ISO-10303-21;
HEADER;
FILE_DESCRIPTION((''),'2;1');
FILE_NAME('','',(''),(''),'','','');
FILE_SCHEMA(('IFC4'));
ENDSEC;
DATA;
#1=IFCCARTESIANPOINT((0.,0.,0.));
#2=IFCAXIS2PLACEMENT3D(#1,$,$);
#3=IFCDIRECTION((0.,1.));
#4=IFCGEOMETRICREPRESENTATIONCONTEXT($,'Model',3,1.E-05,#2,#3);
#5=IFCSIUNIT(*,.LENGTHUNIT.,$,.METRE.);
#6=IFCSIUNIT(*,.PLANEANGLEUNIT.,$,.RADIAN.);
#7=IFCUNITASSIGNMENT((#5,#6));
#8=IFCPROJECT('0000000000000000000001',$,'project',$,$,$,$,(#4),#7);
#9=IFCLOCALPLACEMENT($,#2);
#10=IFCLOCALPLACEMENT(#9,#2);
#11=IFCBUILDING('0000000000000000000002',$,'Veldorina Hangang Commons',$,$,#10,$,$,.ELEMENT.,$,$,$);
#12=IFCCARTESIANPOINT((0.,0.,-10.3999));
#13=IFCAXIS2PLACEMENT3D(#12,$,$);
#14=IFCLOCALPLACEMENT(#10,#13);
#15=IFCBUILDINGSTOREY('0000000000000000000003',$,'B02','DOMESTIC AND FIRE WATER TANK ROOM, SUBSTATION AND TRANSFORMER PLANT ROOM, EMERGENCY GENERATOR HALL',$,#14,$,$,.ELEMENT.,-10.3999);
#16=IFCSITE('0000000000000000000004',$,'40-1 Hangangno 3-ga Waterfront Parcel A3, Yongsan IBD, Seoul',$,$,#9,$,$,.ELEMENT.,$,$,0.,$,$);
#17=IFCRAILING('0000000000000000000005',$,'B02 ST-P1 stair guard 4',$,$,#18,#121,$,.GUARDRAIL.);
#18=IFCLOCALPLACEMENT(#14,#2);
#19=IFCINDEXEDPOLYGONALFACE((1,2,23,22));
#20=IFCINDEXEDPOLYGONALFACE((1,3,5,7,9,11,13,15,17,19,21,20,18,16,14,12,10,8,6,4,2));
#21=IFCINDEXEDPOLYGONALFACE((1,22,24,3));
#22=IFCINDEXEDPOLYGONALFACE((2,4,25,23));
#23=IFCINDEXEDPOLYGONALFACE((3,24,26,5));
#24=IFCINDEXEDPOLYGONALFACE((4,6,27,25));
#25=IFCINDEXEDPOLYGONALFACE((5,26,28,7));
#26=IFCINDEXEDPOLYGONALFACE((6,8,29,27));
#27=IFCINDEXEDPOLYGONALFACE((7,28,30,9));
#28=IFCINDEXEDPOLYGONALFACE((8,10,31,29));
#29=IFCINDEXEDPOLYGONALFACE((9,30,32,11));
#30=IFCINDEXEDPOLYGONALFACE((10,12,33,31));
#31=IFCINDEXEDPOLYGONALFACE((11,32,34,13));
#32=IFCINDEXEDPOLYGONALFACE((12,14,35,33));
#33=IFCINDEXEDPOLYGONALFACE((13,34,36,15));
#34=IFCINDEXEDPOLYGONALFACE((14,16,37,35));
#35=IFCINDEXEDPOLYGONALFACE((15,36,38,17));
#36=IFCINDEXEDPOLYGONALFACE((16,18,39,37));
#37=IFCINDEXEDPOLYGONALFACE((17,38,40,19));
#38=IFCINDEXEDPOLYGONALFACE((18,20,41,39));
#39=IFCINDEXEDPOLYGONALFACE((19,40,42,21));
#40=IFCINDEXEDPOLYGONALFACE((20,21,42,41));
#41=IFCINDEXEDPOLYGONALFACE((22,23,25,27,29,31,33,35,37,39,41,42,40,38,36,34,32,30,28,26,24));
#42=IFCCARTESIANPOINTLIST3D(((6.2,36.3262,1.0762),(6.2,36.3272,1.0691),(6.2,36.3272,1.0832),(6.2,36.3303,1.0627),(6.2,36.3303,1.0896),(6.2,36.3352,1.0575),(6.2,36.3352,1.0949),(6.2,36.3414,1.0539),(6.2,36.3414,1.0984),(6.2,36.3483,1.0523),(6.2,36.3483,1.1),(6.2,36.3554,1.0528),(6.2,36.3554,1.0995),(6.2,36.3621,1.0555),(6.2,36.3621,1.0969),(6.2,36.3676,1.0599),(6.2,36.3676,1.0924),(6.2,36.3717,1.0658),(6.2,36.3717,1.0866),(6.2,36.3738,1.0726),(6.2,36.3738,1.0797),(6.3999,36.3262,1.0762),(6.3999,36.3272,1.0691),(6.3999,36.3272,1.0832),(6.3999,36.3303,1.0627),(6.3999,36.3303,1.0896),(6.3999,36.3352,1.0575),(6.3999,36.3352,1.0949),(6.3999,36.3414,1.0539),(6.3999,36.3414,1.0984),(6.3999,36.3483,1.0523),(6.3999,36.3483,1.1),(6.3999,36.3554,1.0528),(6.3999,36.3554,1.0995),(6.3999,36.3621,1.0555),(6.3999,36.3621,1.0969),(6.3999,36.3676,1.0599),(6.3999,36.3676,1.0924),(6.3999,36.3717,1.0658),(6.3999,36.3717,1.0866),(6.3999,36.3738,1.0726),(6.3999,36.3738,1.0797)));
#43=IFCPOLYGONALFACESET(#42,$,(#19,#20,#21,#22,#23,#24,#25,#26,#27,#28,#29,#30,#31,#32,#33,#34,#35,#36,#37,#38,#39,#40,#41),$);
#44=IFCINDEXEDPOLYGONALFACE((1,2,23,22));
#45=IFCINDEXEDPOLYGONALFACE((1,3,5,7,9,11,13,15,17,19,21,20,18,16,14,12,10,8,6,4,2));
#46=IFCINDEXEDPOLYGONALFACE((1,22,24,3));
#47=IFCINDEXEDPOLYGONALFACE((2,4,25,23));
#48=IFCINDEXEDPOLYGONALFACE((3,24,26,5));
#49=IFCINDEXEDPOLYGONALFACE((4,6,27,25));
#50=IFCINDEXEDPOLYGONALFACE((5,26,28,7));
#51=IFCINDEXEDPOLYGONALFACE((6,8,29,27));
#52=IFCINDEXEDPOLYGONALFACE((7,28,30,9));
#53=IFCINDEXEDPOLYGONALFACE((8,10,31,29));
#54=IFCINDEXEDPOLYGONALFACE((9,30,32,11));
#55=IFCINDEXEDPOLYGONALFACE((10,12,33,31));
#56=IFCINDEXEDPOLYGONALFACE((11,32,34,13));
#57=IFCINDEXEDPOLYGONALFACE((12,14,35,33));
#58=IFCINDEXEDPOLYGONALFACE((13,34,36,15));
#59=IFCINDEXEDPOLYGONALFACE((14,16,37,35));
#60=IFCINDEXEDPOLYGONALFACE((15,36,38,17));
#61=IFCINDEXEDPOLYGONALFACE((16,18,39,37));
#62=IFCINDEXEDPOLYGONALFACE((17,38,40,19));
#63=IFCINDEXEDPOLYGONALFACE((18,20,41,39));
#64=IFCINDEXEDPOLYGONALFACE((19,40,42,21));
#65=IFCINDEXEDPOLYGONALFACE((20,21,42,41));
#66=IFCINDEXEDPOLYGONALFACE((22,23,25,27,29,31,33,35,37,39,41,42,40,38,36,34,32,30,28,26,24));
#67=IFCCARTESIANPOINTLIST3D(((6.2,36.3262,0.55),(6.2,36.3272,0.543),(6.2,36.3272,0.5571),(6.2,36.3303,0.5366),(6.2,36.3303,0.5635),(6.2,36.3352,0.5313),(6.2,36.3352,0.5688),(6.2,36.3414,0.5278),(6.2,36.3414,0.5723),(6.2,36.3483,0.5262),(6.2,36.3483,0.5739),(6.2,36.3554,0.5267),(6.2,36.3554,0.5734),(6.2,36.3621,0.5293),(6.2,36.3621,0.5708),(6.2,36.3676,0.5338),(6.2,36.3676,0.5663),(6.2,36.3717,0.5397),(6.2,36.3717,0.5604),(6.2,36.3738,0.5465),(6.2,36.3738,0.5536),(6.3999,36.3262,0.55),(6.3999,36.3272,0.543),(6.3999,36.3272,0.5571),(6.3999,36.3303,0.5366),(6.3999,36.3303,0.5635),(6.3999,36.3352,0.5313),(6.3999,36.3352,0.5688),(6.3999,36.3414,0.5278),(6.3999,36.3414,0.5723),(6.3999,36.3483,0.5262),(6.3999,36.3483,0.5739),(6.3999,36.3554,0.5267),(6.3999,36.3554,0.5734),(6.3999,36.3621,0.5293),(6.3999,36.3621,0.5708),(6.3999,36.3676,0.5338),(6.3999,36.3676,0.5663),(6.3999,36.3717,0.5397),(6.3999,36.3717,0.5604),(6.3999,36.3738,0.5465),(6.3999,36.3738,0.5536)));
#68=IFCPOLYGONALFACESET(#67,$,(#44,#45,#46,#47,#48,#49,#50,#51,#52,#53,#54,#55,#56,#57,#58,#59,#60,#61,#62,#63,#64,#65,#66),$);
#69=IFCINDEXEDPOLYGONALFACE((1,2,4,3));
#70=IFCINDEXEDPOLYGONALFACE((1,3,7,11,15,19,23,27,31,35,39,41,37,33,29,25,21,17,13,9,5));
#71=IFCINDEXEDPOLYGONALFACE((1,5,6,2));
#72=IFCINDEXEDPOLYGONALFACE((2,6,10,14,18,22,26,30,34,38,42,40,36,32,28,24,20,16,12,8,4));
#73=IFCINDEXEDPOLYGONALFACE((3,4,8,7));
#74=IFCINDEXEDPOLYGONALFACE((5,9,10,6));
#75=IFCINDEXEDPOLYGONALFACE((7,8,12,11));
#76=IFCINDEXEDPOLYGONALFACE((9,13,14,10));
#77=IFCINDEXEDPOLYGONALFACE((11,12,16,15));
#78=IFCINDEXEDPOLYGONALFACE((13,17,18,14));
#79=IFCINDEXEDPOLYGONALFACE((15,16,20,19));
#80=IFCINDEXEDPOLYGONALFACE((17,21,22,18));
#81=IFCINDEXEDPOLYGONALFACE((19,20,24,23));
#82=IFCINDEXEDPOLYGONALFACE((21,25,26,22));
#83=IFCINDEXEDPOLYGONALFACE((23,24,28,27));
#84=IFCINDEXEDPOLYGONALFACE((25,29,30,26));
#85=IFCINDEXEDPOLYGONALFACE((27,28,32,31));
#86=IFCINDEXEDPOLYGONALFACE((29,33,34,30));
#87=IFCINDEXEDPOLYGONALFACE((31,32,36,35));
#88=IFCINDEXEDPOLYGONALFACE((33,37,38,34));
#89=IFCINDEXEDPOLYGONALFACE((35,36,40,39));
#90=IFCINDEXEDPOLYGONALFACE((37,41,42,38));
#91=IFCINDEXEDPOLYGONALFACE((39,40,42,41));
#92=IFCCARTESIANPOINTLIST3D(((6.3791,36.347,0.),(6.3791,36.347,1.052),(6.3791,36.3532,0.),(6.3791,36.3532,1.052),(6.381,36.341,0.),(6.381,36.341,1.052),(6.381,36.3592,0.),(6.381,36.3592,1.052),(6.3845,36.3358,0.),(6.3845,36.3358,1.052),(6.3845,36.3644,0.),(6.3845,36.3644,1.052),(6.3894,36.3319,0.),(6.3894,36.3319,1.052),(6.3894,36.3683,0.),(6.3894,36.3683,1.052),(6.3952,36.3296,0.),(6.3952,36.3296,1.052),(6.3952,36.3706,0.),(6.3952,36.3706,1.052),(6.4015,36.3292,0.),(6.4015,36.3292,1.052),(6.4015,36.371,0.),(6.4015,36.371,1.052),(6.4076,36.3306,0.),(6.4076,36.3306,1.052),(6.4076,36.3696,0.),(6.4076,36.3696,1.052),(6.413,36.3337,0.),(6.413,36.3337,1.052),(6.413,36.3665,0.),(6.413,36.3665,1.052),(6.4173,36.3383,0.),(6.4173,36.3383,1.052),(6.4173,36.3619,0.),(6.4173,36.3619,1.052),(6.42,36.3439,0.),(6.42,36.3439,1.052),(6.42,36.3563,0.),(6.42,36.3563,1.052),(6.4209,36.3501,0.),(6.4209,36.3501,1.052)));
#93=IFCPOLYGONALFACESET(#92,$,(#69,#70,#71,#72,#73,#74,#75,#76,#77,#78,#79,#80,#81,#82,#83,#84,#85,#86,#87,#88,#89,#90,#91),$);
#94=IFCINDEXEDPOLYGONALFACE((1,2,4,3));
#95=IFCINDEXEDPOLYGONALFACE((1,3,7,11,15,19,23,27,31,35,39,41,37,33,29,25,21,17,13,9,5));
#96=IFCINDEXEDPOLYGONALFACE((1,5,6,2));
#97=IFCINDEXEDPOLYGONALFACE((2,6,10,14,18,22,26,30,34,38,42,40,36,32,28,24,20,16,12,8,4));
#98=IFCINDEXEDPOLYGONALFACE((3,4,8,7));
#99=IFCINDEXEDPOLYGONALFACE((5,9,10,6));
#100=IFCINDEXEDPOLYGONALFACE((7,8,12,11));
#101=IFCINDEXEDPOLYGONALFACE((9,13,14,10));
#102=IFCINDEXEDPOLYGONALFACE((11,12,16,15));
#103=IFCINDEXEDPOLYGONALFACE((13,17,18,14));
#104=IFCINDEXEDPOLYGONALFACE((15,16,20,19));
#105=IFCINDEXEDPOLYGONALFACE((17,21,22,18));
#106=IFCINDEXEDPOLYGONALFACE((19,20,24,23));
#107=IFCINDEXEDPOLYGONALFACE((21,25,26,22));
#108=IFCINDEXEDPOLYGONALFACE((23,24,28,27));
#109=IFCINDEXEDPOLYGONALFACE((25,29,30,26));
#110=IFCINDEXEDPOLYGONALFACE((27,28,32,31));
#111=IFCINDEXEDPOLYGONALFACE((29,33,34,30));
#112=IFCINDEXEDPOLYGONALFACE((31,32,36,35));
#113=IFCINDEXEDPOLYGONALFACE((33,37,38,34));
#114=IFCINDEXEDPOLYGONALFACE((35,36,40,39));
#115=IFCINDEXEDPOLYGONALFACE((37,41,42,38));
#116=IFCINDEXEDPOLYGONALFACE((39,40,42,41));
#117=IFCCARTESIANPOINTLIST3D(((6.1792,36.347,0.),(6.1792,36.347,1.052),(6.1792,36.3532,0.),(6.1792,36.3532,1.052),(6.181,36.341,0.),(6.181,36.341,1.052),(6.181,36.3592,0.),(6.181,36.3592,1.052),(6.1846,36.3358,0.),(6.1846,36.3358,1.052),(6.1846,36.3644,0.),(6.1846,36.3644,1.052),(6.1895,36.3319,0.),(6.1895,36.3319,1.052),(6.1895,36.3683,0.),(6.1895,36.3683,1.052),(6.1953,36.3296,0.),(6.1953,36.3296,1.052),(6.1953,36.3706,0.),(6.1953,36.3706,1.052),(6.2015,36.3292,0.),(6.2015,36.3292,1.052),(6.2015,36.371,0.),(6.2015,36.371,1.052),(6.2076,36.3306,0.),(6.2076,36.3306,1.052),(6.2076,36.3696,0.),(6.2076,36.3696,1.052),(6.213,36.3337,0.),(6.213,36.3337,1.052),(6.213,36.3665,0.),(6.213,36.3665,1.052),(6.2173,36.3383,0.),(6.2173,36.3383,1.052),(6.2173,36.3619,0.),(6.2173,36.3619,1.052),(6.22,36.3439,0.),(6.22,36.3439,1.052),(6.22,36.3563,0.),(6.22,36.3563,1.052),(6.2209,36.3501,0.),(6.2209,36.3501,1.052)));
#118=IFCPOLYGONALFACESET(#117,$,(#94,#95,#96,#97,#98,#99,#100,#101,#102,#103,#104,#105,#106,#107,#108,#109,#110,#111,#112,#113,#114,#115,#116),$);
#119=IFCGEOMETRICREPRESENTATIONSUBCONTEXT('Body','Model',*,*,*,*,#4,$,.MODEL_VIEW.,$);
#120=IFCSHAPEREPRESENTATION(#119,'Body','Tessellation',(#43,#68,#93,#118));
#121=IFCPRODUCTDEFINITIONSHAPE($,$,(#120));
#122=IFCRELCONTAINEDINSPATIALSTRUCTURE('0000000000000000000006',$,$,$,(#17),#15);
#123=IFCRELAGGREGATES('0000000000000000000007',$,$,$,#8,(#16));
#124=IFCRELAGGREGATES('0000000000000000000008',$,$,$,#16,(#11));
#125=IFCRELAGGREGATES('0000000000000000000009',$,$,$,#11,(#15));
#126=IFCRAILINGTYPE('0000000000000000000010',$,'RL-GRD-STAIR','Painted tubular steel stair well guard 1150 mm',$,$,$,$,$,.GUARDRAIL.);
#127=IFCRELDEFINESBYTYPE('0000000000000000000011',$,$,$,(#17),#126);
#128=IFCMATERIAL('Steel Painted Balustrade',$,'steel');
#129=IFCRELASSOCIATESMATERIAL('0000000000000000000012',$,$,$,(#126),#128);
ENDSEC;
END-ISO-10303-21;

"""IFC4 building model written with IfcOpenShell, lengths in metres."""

from ifc_helpers import new_model, si_unit, direction, frame, origin, origin_2d, place, context, subcontext, project, spatial, circle, extrude, material, type_object, element, save


model = new_model("IFC4")

# Units and contexts
model_context = context("Model", 3, precision=1e-05, world=origin(), true_north=direction((0.0, 1.0)))
body_context = subcontext(model_context, "Body", "Model", "MODEL_VIEW")
ifc_project = project(units=[si_unit("LENGTHUNIT", "METRE"), si_unit("PLANEANGLEUNIT", "RADIAN")], contexts=[model_context])

# Site, building, storey
site_placement = place(None, origin())
site = spatial("IfcSite", under=ifc_project, at=site_placement, Name="40-1 Hangangno 3-ga Waterfront Parcel A3, Yongsan IBD, Seoul", CompositionType="ELEMENT", RefElevation=0.0)
building_placement = place(site_placement, origin())
building = spatial("IfcBuilding", under=site, at=building_placement, Name="Veldorina Hangang Commons", CompositionType="ELEMENT")
storey_placement = place(building_placement, frame((0.0, 0.0, -10.3999)))
storey = spatial("IfcBuildingStorey", under=building, at=storey_placement, Name="B02", Description="DOMESTIC AND FIRE WATER TANK ROOM, SUBSTATION AND TRANSFORMER PLANT ROOM, EMERGENCY GENERATOR HALL", CompositionType="ELEMENT", Elevation=-10.3999)

# Railing
ifc_material_1 = material(Name="Steel Painted Balustrade", Category="steel")
railing_type_1 = type_object("IfcRailingType", Name="RL-GRD-STAIR", Description="Painted tubular steel stair well guard 1150 mm", PredefinedType="GUARDRAIL", material=ifc_material_1)
railing_1_placement = place(storey_placement, frame((6.3999, 36.3501, 0.0)))
element("IfcRailing", 1, at=railing_1_placement, inside=storey, type_object=railing_type_1, Name="B02 ST-P1 stair guard 4", PredefinedType="GUARDRAIL", context=body_context, shape_type="SweptSolid", body=[
    extrude(circle(Radius=0.0239, at=origin_2d()), frame((0.0, 0.0, 1.0762), z_axis=(-1.0, 0.0, 0.0), x_axis=(0.0, -1.0, 0.0)), (0.0, 0.0, 1.0), 0.2),
    extrude(circle(Radius=0.0239, at=origin_2d()), frame((0.0, 0.0, 0.55), z_axis=(-1.0, 0.0, 0.0), x_axis=(0.0, -1.0, 0.0)), (0.0, 0.0, 1.0), 0.2),
    extrude(circle(Radius=0.021, at=origin_2d()), origin(), (0.0, 0.0, 1.0), 1.052),
    extrude(circle(Radius=0.021, at=origin_2d()), frame((-0.2, 0.0, 0.0)), (0.0, 0.0, 1.0), 1.052),
])

save(model, "model.ifc")
